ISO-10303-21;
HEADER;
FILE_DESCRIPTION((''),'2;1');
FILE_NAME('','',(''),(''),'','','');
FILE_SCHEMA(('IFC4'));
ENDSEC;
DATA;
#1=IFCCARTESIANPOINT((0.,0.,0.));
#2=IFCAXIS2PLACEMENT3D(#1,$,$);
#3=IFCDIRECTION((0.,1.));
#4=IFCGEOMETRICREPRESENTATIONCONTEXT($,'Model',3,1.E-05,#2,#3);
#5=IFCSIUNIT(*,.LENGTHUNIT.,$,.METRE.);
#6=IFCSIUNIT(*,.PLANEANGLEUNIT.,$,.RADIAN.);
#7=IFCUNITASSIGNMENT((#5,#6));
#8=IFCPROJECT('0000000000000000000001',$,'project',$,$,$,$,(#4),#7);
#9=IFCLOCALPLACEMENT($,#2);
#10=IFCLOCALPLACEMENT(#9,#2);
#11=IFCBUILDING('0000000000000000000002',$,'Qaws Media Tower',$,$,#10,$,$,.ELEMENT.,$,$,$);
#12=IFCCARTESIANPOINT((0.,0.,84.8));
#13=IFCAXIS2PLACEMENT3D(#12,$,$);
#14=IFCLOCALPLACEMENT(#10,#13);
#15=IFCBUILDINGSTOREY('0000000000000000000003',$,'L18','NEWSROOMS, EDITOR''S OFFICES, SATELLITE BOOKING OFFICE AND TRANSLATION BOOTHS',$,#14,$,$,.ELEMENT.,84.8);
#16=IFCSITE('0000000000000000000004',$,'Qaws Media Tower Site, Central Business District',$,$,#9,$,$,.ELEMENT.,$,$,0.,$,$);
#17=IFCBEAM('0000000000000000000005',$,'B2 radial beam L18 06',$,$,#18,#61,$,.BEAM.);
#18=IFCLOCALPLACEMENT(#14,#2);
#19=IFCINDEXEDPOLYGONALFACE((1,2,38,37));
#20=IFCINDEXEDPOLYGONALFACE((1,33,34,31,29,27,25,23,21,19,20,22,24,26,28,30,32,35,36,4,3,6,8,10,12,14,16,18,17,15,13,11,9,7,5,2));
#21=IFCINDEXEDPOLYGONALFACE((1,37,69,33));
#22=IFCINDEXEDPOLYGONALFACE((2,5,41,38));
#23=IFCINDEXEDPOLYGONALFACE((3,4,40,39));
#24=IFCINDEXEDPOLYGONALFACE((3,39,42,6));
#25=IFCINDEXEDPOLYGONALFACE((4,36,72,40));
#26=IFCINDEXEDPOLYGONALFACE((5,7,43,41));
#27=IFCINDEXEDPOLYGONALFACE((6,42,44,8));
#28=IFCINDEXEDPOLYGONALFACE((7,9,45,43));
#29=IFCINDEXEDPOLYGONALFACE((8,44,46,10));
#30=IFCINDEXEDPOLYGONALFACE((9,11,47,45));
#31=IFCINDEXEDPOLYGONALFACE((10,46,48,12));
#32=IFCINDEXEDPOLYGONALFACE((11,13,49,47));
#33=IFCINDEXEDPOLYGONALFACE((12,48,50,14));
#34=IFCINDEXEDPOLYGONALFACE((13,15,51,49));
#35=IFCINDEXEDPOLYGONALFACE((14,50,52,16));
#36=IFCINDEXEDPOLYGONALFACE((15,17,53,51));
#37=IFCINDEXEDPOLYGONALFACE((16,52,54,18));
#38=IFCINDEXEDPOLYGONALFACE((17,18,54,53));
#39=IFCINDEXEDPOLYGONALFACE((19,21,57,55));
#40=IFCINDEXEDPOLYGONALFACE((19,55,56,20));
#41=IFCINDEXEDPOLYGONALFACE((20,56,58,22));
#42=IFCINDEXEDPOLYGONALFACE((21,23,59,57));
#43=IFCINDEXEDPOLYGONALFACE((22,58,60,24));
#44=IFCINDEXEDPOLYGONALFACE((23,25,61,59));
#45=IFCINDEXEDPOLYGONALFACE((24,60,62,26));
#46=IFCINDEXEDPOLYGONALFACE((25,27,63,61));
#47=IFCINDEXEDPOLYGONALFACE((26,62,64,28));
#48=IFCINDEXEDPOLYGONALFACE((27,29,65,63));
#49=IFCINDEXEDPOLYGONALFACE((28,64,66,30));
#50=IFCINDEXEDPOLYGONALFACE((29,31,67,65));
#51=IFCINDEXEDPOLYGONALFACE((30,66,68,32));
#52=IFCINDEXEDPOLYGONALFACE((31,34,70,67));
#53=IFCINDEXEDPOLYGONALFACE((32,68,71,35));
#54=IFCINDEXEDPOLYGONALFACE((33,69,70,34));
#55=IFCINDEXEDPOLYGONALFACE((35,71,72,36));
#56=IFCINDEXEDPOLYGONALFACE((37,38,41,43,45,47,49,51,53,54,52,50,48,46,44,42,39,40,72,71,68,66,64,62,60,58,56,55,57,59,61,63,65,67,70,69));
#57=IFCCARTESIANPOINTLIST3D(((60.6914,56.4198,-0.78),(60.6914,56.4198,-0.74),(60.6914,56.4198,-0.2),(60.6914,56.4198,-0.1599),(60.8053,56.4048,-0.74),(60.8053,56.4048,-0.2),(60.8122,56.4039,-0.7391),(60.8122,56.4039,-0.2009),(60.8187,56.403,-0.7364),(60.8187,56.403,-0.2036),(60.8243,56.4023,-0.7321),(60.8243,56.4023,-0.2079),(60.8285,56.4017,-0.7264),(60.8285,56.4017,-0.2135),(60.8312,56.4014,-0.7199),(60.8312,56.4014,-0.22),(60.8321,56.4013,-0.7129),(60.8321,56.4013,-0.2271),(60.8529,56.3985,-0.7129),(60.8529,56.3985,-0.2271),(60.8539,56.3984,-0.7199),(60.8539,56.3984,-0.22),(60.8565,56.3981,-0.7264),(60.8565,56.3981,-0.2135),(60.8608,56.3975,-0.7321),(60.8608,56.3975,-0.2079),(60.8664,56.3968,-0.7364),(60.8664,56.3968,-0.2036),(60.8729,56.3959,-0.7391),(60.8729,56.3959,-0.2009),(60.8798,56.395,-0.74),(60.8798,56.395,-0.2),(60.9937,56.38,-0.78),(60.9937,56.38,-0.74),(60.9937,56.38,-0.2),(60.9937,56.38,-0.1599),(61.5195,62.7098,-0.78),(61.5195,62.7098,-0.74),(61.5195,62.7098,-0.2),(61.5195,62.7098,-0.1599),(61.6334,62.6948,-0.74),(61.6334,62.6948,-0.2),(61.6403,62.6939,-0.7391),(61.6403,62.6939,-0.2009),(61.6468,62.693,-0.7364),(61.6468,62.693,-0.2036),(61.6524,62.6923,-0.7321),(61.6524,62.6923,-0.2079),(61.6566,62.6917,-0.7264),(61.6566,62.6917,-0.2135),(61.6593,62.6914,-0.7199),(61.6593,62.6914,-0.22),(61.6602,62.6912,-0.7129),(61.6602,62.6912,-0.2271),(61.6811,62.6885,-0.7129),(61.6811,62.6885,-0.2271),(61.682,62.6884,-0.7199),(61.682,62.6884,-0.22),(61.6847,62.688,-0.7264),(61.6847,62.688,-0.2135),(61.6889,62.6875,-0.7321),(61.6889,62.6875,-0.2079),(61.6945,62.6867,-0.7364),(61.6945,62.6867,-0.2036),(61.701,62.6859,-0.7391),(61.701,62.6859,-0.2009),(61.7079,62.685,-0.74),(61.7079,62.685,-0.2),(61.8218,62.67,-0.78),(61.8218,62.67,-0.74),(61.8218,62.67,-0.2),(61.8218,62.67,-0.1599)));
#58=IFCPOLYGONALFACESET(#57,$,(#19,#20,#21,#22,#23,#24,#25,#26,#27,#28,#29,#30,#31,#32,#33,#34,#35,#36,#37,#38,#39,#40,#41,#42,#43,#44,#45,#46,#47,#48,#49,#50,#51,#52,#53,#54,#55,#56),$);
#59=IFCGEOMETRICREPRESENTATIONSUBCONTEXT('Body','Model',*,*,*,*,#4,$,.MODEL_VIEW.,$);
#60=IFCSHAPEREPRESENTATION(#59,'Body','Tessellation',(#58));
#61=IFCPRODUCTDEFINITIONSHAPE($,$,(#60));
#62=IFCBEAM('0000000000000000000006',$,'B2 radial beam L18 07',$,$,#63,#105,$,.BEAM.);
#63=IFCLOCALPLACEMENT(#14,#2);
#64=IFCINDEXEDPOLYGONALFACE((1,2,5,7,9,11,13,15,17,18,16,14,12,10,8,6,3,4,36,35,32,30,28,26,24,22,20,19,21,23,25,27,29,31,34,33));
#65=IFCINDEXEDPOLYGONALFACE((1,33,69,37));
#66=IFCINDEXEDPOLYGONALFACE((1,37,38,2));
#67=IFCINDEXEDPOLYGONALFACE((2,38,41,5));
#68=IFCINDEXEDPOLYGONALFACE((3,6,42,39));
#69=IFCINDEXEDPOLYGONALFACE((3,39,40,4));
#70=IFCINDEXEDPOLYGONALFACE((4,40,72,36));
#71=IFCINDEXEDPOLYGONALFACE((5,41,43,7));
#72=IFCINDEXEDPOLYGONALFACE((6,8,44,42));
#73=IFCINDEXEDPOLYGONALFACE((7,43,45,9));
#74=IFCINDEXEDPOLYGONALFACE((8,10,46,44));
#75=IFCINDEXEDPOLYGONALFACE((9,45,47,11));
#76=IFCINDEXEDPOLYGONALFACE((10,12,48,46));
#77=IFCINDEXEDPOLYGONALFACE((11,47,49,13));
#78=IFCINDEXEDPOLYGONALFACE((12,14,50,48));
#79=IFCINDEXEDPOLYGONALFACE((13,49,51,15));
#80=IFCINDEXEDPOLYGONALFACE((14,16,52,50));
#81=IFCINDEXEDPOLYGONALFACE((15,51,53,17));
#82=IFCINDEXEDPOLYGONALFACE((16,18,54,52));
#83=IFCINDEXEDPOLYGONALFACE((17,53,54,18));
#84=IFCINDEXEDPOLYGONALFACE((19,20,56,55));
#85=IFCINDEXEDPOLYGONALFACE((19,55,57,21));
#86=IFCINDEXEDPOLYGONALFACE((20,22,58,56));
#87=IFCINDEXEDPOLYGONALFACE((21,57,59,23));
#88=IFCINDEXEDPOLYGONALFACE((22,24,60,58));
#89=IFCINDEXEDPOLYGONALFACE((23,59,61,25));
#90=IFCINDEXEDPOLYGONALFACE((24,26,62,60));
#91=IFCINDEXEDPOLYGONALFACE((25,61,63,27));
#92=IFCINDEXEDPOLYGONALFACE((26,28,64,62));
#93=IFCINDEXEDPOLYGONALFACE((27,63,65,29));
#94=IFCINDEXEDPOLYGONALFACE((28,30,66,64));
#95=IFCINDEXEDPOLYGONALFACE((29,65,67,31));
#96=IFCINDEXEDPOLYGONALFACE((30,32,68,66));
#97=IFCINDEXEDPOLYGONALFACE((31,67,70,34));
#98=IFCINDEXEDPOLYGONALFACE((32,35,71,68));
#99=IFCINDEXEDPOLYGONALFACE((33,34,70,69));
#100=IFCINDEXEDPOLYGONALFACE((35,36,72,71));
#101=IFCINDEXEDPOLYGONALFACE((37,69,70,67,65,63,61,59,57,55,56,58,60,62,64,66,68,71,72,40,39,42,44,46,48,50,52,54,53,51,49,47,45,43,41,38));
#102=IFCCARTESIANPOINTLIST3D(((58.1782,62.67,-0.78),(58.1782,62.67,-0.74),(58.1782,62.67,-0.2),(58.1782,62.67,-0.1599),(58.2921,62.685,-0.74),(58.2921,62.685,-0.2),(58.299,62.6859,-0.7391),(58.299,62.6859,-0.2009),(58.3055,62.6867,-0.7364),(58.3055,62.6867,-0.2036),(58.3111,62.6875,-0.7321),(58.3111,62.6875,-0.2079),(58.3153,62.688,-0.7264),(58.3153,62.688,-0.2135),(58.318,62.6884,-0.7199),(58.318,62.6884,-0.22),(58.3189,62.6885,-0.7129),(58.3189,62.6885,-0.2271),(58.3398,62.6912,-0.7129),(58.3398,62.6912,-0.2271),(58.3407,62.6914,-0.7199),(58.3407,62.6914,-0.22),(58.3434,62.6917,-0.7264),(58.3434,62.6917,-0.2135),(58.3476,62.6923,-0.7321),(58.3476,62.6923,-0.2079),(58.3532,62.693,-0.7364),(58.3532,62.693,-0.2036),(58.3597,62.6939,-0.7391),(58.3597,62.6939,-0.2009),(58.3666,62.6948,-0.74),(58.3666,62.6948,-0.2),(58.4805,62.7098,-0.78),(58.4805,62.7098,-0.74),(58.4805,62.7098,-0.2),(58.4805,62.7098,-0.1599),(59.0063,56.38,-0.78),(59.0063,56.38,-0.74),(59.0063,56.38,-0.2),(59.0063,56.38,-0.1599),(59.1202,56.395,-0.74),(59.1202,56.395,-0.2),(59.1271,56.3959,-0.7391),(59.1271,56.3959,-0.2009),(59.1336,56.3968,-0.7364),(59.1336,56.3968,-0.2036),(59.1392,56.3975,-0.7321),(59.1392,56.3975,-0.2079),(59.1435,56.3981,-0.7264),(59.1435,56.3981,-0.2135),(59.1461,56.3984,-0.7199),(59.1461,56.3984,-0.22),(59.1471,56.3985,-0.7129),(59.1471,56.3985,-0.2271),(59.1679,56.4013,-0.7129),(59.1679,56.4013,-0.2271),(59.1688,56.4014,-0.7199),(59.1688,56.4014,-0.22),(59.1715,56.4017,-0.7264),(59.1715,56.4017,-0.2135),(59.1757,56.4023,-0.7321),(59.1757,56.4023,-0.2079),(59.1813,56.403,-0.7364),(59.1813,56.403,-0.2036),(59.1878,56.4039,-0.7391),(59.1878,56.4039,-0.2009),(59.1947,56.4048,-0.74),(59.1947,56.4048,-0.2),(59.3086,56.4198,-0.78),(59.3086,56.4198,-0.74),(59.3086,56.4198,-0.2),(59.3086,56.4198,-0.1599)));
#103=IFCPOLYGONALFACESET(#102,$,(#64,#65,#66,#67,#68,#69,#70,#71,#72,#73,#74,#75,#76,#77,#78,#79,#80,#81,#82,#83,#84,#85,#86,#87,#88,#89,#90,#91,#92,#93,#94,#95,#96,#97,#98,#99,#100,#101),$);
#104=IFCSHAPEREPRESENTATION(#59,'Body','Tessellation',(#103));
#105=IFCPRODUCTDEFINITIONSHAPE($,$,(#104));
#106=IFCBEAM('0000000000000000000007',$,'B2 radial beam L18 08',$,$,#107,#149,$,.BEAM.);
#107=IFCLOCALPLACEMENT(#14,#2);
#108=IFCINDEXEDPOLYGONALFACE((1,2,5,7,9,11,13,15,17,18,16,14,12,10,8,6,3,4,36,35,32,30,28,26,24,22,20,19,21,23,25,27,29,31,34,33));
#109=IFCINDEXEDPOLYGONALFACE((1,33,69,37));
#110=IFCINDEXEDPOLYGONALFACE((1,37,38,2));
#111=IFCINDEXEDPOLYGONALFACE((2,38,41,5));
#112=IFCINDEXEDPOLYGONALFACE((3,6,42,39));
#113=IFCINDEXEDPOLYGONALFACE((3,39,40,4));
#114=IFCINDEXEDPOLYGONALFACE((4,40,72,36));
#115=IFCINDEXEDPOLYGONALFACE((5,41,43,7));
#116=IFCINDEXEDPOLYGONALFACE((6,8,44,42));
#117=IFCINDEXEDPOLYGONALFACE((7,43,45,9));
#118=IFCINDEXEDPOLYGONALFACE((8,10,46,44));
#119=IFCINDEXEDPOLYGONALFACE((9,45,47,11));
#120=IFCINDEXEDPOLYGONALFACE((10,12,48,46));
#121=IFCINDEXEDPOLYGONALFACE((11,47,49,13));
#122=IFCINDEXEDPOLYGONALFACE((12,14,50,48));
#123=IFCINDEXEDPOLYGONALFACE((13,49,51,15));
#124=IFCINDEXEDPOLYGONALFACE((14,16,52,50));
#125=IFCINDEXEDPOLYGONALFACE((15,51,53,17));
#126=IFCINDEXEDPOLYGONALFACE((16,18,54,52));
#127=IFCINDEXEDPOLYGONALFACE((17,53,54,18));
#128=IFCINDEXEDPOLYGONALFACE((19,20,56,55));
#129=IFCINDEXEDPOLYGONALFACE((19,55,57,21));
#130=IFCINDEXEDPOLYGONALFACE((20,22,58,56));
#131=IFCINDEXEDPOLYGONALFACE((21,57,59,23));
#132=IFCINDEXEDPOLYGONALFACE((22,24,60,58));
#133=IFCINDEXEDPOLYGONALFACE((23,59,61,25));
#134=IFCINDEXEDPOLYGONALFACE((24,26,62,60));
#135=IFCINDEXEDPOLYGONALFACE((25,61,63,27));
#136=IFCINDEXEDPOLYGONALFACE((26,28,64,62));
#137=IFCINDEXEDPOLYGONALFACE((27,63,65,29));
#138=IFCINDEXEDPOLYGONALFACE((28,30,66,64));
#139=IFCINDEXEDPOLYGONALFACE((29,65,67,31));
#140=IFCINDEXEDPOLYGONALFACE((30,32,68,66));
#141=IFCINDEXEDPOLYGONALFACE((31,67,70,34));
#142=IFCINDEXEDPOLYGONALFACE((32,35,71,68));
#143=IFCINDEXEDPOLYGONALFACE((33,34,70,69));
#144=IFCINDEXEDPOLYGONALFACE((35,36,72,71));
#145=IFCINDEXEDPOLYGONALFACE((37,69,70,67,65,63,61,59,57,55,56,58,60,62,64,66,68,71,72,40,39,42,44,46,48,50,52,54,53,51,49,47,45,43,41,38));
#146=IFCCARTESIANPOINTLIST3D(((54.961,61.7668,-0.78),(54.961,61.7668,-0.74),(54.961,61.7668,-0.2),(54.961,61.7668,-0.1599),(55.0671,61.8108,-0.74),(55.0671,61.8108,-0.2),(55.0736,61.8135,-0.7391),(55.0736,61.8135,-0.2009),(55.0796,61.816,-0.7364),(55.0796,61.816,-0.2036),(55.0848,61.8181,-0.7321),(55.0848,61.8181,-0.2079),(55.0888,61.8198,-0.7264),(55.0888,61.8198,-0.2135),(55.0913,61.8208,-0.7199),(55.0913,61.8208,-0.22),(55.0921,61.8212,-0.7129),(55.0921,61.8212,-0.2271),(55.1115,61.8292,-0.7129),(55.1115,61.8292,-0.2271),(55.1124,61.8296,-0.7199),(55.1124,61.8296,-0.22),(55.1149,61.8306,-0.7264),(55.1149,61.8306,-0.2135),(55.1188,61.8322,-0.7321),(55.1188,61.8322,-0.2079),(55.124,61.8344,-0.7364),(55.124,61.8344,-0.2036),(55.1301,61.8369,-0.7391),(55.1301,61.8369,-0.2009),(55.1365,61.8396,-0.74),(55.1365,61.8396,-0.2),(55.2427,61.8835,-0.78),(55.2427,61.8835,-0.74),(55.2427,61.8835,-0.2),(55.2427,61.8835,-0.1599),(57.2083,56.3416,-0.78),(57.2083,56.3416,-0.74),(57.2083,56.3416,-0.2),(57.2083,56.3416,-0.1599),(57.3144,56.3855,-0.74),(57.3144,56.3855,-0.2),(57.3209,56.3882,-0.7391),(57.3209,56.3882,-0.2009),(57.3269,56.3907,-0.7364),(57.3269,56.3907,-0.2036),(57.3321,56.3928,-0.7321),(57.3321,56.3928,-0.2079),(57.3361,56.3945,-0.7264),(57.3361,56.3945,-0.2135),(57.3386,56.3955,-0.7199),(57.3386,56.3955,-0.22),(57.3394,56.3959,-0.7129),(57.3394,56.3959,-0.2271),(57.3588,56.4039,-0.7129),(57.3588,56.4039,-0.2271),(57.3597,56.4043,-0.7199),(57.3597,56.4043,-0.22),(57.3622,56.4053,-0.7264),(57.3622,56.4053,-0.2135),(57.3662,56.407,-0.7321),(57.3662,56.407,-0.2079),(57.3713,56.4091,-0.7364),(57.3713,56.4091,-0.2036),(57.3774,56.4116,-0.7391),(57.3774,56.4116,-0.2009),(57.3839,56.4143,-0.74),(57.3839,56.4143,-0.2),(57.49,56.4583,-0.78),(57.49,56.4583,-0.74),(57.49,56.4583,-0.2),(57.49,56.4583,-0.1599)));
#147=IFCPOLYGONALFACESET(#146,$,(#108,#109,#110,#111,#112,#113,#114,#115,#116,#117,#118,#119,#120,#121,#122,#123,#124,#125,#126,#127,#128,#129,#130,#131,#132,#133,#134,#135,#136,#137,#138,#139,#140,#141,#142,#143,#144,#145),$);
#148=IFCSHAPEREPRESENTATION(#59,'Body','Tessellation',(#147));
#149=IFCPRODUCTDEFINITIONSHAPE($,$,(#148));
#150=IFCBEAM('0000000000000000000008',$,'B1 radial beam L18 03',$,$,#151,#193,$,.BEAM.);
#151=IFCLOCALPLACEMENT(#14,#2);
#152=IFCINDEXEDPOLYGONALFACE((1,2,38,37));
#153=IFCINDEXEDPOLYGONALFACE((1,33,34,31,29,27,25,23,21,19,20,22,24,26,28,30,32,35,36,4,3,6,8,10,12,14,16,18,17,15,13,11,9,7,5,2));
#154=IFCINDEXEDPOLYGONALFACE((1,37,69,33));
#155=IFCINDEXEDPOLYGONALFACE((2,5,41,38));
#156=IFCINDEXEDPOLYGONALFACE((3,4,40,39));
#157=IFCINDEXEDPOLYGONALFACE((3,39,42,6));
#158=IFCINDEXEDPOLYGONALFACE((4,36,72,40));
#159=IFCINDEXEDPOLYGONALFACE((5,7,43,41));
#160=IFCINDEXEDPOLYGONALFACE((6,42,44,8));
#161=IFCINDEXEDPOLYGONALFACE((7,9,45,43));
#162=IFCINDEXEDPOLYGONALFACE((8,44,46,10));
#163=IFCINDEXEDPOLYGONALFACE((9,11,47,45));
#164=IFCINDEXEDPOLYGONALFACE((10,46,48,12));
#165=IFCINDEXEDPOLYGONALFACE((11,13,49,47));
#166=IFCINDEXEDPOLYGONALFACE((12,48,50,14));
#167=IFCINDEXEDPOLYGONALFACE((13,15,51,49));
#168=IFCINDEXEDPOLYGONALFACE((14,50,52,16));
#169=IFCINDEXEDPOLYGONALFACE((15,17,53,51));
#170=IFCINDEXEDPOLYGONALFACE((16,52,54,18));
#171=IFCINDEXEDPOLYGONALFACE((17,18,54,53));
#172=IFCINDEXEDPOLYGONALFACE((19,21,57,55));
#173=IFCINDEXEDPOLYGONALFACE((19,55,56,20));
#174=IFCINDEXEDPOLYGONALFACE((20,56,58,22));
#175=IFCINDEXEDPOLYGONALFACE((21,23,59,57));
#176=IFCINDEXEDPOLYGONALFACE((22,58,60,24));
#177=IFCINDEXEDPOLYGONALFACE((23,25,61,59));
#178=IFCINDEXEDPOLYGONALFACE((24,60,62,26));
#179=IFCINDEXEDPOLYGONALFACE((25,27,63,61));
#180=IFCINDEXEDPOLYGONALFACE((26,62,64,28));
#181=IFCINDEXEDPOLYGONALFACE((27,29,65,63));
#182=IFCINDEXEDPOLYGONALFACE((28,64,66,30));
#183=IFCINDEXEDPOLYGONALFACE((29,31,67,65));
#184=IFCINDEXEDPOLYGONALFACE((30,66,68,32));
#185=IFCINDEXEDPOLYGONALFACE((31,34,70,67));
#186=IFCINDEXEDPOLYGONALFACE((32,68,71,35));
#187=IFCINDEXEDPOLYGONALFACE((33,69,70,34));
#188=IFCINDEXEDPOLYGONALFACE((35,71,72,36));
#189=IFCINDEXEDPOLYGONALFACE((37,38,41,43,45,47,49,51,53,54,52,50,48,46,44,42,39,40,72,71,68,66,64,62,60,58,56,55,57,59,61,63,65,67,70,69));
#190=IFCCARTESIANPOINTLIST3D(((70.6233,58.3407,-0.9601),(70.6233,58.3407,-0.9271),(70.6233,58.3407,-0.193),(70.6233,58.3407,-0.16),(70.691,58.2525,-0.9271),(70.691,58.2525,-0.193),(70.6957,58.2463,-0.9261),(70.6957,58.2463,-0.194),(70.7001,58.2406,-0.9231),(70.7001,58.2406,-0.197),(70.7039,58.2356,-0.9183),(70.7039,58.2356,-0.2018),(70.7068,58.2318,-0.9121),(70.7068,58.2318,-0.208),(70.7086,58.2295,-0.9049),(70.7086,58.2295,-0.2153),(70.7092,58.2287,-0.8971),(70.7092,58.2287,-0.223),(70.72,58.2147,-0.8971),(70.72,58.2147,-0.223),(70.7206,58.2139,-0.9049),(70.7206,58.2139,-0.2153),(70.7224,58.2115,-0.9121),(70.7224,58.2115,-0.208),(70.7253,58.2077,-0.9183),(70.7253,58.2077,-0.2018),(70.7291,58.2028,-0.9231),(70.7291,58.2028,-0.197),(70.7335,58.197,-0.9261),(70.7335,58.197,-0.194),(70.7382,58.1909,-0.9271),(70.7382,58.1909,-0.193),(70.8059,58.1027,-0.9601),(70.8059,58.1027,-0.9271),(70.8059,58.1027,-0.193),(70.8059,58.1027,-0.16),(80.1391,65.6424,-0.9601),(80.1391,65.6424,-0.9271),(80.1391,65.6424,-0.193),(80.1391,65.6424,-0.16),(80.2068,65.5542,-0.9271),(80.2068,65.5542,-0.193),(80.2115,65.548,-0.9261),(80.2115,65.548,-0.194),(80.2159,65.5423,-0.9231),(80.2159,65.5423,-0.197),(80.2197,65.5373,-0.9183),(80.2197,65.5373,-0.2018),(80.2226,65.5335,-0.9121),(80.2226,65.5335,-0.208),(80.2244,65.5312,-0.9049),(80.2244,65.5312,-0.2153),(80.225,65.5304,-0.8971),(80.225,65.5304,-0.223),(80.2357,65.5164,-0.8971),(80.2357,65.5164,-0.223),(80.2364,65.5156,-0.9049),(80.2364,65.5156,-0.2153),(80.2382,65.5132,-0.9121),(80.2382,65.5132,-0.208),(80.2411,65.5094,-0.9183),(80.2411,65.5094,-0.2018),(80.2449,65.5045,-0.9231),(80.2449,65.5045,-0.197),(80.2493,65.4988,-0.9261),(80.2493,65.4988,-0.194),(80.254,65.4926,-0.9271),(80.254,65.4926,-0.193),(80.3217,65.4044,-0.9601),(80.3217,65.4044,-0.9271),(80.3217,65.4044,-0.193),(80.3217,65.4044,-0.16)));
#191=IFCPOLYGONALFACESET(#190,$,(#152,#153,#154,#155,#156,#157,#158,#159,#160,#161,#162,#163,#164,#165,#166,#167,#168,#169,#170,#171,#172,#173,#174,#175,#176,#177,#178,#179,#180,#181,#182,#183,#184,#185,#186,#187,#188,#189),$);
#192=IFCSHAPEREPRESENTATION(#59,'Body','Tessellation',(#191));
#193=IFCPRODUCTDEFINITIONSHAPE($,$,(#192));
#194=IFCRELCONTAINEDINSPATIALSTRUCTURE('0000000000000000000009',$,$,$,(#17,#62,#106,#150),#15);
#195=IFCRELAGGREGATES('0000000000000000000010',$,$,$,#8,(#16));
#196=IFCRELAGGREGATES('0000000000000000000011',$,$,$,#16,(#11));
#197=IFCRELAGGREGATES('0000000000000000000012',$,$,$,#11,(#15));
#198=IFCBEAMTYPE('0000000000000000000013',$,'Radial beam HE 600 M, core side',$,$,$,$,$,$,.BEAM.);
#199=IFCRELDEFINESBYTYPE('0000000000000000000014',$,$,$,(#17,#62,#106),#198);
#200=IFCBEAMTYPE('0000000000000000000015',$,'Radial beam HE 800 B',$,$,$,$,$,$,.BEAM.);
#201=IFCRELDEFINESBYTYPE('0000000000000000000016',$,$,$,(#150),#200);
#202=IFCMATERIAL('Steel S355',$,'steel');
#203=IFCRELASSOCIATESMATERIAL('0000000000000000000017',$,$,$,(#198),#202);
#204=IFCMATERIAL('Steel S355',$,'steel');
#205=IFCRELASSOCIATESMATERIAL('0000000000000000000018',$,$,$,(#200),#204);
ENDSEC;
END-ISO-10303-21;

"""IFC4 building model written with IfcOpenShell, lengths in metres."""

from ifc_helpers import new_model, si_unit, direction, frame, origin, origin_2d, place, context, subcontext, project, spatial, i_section, extrude, material, material_profile, profile_set, type_object, element, save


model = new_model("IFC4")

# Units and contexts
model_context = context("Model", 3, precision=1e-05, world=origin(), true_north=direction((0.0, 1.0)))
body_context = subcontext(model_context, "Body", "Model", "MODEL_VIEW")
ifc_project = project(units=[si_unit("LENGTHUNIT", "METRE"), si_unit("PLANEANGLEUNIT", "RADIAN")], contexts=[model_context])

# Site, building, storey
site_placement = place(None, origin())
site = spatial("IfcSite", under=ifc_project, at=site_placement, Name="Qaws Media Tower Site, Central Business District", CompositionType="ELEMENT", RefElevation=0.0)
building_placement = place(site_placement, origin())
building = spatial("IfcBuilding", under=site, at=building_placement, Name="Qaws Media Tower", CompositionType="ELEMENT")
storey_placement = place(building_placement, frame((0.0, 0.0, 84.8)))
storey = spatial("IfcBuildingStorey", under=building, at=storey_placement, Name="L18", Description="NEWSROOMS, EDITOR'S OFFICES, SATELLITE BOOKING OFFICE AND TRANSLATION BOOTHS", CompositionType="ELEMENT", Elevation=84.8)

# Beams
ifc_material_1 = material(Name="Steel S355", Category="steel")
ifc_material_profile_1 = material_profile(ifc_material_1, i_section(OverallWidth=0.3049, OverallDepth=0.6201, WebThickness=0.021, FlangeThickness=0.04, FilletRadius=0.0271, at=origin_2d()), Name="HE 600 M")
ifc_profile_set_1 = profile_set([ifc_material_profile_1], Name="Steel S355")
beam_type_1 = type_object("IfcBeamType", Name="Radial beam HE 600 M, core side", PredefinedType="BEAM", material=ifc_profile_set_1)
for number, where, z_axis, x_axis, name in (
    (1, (60.8425, 56.3999, -0.47), (0.13053, 0.991444, 0.0), (-0.991444, 0.13053, 0.0), "B2 radial beam L18 06"),
    (2, (59.1575, 56.3999, -0.47), (-0.13053, 0.991444, 0.0), (-0.991444, -0.13053, 0.0), "B2 radial beam L18 07"),
):
    element("IfcBeam", number, at=place(storey_placement, frame(where, z_axis=z_axis, x_axis=x_axis)), inside=storey, type_object=beam_type_1, Name=name, PredefinedType="BEAM", context=body_context, shape_type="SweptSolid", body=[
        extrude(i_section(OverallWidth=0.3049, OverallDepth=0.6201, WebThickness=0.021, FlangeThickness=0.04, FilletRadius=0.0271, at=origin_2d()), origin(), (0.0, 0.0, 1.0), 6.3442),
    ])
beam_1_placement = place(storey_placement, frame((57.3491, 56.3999, -0.47), z_axis=(-0.382696, 0.923874, 0.0), x_axis=(-0.923874, -0.382696, 0.0)))
element("IfcBeam", 3, at=beam_1_placement, inside=storey, type_object=beam_type_1, Name="B2 radial beam L18 08", PredefinedType="BEAM", context=body_context, shape_type="SweptSolid", body=[
    extrude(i_section(OverallWidth=0.3049, OverallDepth=0.6201, WebThickness=0.021, FlangeThickness=0.04, FilletRadius=0.0271, at=origin_2d()), origin(), (0.0, 0.0, 1.0), 5.8723),
])
ifc_material_2 = material(Name="Steel S355", Category="steel")
ifc_material_profile_2 = material_profile(ifc_material_2, i_section(OverallWidth=0.3, OverallDepth=0.8, WebThickness=0.0176, FlangeThickness=0.033, FilletRadius=0.03, at=origin_2d()), Name="HE 800 B")
ifc_profile_set_2 = profile_set([ifc_material_profile_2], Name="Steel S355")
beam_type_2 = type_object("IfcBeamType", Name="Radial beam HE 800 B", PredefinedType="BEAM", material=ifc_profile_set_2)
for number, where, z_axis, x_axis, name in (
    (4, (70.7146, 58.2217, -0.5601), (0.793354, 0.60876, 0.0), (-0.60876, 0.793354, 0.0), "B1 radial beam L18 03"),
):
    element("IfcBeam", number, at=place(storey_placement, frame(where, z_axis=z_axis, x_axis=x_axis)), inside=storey, type_object=beam_type_2, Name=name, PredefinedType="BEAM", context=body_context, shape_type="SweptSolid", body=[
        extrude(i_section(OverallWidth=0.3, OverallDepth=0.8, WebThickness=0.0176, FlangeThickness=0.033, FilletRadius=0.03, at=origin_2d()), origin(), (0.0, 0.0, 1.0), 11.9944),
    ])

save(model, "model.ifc")
